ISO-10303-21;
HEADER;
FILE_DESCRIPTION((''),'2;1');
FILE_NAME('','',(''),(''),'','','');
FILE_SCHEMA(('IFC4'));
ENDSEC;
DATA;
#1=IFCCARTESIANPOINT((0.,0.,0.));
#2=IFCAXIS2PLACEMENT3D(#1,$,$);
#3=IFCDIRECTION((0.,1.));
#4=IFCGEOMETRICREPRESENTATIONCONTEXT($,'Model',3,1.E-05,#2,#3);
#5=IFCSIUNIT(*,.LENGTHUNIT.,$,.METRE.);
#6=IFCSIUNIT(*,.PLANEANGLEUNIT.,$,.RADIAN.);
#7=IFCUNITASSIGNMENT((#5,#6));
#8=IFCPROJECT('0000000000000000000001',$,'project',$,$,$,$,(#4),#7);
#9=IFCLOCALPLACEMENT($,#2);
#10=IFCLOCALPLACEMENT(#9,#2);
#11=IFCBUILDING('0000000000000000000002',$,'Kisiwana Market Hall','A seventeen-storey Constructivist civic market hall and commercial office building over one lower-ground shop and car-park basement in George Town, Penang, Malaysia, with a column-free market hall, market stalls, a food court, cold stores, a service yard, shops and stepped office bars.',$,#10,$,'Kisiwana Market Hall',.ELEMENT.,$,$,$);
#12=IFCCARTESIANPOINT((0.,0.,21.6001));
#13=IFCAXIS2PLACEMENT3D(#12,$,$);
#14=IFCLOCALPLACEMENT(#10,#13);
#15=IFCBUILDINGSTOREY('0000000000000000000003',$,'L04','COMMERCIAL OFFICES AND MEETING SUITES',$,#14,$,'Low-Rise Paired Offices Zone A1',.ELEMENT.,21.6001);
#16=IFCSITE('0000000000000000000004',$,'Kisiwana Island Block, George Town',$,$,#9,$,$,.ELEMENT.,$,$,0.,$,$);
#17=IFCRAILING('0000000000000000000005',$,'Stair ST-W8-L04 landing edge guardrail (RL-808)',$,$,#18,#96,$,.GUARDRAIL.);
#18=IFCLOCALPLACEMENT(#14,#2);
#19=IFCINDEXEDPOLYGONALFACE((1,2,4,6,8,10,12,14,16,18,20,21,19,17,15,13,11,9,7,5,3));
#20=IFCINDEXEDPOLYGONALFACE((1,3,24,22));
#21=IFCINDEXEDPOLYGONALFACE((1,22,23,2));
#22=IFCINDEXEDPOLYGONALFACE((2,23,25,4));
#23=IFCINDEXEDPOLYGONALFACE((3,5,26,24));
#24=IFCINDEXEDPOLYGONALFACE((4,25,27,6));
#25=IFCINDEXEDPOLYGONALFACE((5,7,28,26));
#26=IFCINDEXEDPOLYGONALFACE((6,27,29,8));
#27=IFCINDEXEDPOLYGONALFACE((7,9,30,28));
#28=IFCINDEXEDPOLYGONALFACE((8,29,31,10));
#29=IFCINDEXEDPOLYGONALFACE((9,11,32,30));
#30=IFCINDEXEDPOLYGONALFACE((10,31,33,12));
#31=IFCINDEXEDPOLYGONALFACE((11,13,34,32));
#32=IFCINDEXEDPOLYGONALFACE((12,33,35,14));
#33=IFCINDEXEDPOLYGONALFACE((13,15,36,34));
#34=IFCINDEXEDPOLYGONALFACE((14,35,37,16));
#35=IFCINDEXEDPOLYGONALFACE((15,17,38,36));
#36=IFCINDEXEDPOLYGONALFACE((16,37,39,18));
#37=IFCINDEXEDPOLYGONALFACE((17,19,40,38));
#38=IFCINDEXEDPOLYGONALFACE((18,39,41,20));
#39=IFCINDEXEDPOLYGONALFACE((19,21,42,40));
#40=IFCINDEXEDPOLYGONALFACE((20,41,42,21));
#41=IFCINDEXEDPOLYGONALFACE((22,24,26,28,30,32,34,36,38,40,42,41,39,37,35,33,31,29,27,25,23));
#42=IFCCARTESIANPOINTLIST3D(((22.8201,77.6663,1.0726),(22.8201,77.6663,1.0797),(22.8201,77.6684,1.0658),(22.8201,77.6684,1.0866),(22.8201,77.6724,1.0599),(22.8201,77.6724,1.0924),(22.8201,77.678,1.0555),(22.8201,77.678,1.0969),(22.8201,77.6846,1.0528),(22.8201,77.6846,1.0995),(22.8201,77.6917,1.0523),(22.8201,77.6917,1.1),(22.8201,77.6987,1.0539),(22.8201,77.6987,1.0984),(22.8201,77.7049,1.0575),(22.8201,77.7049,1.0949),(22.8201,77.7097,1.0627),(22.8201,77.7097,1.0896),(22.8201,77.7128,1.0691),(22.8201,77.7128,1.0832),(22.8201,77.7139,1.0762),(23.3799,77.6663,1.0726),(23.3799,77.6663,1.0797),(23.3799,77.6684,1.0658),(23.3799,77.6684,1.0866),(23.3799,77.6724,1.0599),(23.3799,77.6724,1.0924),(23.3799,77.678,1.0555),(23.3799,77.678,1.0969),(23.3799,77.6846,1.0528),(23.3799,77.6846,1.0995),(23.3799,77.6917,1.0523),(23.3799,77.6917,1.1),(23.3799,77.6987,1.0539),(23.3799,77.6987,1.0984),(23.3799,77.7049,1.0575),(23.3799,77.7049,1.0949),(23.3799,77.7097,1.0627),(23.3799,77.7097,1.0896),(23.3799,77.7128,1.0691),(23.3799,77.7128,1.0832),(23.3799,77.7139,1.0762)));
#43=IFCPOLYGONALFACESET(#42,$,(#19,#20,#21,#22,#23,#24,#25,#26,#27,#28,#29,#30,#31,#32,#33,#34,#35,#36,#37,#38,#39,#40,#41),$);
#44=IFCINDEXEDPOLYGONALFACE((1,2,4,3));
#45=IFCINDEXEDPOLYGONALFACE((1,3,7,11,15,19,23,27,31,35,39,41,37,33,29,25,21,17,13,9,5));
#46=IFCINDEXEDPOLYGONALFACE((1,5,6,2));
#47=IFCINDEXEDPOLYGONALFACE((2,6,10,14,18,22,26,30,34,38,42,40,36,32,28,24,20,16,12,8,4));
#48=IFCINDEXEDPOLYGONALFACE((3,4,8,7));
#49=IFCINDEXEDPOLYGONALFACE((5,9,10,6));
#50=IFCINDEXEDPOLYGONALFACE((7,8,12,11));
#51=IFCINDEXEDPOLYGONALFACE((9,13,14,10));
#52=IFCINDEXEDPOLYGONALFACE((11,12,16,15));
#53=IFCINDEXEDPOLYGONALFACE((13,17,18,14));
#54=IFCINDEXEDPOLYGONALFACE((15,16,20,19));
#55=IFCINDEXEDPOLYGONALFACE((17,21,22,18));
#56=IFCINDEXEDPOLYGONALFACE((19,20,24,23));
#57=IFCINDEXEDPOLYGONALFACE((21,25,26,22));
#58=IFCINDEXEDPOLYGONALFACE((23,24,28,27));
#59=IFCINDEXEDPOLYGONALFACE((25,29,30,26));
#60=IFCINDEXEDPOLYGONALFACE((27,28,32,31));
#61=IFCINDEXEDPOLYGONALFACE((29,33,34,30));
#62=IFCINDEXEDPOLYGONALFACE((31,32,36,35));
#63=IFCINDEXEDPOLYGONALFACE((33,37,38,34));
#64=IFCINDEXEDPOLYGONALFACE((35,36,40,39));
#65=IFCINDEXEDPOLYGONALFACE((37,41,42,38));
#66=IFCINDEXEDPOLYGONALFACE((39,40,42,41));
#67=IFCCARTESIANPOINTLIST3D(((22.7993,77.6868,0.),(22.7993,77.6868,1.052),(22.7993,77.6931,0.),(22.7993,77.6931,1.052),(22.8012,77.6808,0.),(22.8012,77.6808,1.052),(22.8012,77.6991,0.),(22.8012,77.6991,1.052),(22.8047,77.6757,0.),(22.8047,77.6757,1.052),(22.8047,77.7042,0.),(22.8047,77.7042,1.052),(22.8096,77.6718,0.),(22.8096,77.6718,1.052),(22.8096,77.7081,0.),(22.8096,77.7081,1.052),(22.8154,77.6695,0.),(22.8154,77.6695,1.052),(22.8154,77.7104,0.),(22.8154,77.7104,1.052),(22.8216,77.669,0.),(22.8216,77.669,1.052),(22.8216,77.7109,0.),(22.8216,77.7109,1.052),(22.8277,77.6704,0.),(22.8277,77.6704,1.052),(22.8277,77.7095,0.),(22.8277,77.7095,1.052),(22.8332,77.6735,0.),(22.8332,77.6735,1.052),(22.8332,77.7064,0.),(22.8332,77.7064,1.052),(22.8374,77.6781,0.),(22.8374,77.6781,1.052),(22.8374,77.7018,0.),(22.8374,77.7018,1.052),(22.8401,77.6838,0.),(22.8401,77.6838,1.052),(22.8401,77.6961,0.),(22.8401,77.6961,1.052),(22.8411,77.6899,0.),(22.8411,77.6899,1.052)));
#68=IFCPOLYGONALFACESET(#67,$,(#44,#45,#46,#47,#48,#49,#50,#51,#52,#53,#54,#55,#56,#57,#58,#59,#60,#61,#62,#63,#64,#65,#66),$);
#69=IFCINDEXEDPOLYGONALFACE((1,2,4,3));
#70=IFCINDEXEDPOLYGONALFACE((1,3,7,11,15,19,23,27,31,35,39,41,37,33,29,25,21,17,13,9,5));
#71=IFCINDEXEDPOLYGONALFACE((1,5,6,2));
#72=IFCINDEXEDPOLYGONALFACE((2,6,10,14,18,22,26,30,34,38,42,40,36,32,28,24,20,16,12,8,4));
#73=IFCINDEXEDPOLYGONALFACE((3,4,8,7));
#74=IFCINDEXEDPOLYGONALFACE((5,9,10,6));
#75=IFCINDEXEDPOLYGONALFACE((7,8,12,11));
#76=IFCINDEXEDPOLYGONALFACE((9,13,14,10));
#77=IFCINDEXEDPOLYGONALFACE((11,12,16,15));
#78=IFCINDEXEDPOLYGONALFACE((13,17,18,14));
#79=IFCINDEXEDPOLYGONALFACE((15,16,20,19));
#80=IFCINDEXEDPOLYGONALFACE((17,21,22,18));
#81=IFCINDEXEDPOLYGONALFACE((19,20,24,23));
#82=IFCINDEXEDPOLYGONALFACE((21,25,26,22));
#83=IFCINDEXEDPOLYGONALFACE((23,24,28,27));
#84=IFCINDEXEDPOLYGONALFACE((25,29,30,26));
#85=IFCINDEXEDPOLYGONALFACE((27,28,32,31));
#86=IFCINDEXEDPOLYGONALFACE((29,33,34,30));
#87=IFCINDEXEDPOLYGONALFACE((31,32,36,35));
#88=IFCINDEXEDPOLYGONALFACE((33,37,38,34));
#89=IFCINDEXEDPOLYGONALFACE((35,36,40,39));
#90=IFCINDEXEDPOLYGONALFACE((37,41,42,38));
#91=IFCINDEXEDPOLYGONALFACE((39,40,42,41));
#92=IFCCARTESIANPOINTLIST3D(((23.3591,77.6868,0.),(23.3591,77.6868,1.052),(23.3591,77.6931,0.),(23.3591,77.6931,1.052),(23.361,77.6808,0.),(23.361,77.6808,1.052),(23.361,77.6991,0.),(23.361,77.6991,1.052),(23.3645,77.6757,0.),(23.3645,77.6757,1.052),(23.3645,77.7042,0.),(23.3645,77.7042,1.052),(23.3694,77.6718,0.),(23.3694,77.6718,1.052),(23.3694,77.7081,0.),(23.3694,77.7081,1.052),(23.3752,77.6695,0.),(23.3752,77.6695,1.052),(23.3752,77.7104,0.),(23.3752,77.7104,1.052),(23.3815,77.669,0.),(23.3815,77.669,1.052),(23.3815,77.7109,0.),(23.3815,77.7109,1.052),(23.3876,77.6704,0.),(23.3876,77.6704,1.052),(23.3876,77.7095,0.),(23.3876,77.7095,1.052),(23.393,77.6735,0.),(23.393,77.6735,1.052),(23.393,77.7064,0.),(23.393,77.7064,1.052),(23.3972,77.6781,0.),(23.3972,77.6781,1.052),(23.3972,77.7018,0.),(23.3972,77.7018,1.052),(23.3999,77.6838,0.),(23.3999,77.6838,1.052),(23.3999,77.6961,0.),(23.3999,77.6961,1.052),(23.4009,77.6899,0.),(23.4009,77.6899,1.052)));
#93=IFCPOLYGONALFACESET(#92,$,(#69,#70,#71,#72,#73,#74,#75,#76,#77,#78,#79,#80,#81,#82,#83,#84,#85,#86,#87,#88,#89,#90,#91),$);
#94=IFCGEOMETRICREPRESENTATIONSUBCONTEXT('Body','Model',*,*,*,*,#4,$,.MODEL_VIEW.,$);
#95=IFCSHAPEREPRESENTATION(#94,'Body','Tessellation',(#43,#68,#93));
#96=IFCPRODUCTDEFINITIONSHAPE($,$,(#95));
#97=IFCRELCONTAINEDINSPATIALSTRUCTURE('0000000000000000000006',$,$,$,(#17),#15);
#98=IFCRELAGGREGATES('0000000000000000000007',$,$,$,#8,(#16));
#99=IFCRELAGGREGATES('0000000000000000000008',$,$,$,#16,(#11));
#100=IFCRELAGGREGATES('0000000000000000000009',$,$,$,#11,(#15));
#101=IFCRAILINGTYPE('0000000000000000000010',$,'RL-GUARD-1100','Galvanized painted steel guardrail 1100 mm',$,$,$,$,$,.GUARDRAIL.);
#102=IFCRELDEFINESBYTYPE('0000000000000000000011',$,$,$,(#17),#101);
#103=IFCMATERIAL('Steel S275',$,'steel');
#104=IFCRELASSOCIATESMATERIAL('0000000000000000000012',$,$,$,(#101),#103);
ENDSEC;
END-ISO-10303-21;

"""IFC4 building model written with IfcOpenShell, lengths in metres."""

from ifc_helpers import new_model, si_unit, direction, frame, origin, origin_2d, place, context, subcontext, project, spatial, circle, extrude, material, type_object, element, save


model = new_model("IFC4")

# Units and contexts
model_context = context("Model", 3, precision=1e-05, world=origin(), true_north=direction((0.0, 1.0)))
body_context = subcontext(model_context, "Body", "Model", "MODEL_VIEW")
ifc_project = project(units=[si_unit("LENGTHUNIT", "METRE"), si_unit("PLANEANGLEUNIT", "RADIAN")], contexts=[model_context])

# Site, building, storey
site_placement = place(None, origin())
site = spatial("IfcSite", under=ifc_project, at=site_placement, Name="Kisiwana Island Block, George Town", CompositionType="ELEMENT", RefElevation=0.0)
building_placement = place(site_placement, origin())
building = spatial("IfcBuilding", under=site, at=building_placement, Name="Kisiwana Market Hall", Description="A seventeen-storey Constructivist civic market hall and commercial office building over one lower-ground shop and car-park basement in George Town, Penang, Malaysia, with a column-free market hall, market stalls, a food court, cold stores, a service yard, shops and stepped office bars.", LongName="Kisiwana Market Hall", CompositionType="ELEMENT")
storey_placement = place(building_placement, frame((0.0, 0.0, 21.6001)))
storey = spatial("IfcBuildingStorey", under=building, at=storey_placement, Name="L04", Description="COMMERCIAL OFFICES AND MEETING SUITES", LongName="Low-Rise Paired Offices Zone A1", CompositionType="ELEMENT", Elevation=21.6001)

# Railing
ifc_material_1 = material(Name="Steel S275", Category="steel")
railing_type_1 = type_object("IfcRailingType", Name="RL-GUARD-1100", Description="Galvanized painted steel guardrail 1100 mm", PredefinedType="GUARDRAIL", material=ifc_material_1)
railing_1_placement = place(storey_placement, frame((22.8201, 77.6899, 0.0)))
element("IfcRailing", 1, at=railing_1_placement, inside=storey, type_object=railing_type_1, Name="Stair ST-W8-L04 landing edge guardrail (RL-808)", PredefinedType="GUARDRAIL", context=body_context, shape_type="SweptSolid", body=[
    extrude(circle(Radius=0.0239, at=origin_2d()), frame((0.0, 0.0, 1.0762), z_axis=(1.0, 0.0, 0.0), x_axis=(0.0, 1.0, 0.0)), (0.0, 0.0, 1.0), 0.5598),
    extrude(circle(Radius=0.021, at=origin_2d()), origin(), (0.0, 0.0, 1.0), 1.052),
    extrude(circle(Radius=0.021, at=origin_2d()), frame((0.5598, 0.0, 0.0)), (0.0, 0.0, 1.0), 1.052),
])

save(model, "model.ifc")
